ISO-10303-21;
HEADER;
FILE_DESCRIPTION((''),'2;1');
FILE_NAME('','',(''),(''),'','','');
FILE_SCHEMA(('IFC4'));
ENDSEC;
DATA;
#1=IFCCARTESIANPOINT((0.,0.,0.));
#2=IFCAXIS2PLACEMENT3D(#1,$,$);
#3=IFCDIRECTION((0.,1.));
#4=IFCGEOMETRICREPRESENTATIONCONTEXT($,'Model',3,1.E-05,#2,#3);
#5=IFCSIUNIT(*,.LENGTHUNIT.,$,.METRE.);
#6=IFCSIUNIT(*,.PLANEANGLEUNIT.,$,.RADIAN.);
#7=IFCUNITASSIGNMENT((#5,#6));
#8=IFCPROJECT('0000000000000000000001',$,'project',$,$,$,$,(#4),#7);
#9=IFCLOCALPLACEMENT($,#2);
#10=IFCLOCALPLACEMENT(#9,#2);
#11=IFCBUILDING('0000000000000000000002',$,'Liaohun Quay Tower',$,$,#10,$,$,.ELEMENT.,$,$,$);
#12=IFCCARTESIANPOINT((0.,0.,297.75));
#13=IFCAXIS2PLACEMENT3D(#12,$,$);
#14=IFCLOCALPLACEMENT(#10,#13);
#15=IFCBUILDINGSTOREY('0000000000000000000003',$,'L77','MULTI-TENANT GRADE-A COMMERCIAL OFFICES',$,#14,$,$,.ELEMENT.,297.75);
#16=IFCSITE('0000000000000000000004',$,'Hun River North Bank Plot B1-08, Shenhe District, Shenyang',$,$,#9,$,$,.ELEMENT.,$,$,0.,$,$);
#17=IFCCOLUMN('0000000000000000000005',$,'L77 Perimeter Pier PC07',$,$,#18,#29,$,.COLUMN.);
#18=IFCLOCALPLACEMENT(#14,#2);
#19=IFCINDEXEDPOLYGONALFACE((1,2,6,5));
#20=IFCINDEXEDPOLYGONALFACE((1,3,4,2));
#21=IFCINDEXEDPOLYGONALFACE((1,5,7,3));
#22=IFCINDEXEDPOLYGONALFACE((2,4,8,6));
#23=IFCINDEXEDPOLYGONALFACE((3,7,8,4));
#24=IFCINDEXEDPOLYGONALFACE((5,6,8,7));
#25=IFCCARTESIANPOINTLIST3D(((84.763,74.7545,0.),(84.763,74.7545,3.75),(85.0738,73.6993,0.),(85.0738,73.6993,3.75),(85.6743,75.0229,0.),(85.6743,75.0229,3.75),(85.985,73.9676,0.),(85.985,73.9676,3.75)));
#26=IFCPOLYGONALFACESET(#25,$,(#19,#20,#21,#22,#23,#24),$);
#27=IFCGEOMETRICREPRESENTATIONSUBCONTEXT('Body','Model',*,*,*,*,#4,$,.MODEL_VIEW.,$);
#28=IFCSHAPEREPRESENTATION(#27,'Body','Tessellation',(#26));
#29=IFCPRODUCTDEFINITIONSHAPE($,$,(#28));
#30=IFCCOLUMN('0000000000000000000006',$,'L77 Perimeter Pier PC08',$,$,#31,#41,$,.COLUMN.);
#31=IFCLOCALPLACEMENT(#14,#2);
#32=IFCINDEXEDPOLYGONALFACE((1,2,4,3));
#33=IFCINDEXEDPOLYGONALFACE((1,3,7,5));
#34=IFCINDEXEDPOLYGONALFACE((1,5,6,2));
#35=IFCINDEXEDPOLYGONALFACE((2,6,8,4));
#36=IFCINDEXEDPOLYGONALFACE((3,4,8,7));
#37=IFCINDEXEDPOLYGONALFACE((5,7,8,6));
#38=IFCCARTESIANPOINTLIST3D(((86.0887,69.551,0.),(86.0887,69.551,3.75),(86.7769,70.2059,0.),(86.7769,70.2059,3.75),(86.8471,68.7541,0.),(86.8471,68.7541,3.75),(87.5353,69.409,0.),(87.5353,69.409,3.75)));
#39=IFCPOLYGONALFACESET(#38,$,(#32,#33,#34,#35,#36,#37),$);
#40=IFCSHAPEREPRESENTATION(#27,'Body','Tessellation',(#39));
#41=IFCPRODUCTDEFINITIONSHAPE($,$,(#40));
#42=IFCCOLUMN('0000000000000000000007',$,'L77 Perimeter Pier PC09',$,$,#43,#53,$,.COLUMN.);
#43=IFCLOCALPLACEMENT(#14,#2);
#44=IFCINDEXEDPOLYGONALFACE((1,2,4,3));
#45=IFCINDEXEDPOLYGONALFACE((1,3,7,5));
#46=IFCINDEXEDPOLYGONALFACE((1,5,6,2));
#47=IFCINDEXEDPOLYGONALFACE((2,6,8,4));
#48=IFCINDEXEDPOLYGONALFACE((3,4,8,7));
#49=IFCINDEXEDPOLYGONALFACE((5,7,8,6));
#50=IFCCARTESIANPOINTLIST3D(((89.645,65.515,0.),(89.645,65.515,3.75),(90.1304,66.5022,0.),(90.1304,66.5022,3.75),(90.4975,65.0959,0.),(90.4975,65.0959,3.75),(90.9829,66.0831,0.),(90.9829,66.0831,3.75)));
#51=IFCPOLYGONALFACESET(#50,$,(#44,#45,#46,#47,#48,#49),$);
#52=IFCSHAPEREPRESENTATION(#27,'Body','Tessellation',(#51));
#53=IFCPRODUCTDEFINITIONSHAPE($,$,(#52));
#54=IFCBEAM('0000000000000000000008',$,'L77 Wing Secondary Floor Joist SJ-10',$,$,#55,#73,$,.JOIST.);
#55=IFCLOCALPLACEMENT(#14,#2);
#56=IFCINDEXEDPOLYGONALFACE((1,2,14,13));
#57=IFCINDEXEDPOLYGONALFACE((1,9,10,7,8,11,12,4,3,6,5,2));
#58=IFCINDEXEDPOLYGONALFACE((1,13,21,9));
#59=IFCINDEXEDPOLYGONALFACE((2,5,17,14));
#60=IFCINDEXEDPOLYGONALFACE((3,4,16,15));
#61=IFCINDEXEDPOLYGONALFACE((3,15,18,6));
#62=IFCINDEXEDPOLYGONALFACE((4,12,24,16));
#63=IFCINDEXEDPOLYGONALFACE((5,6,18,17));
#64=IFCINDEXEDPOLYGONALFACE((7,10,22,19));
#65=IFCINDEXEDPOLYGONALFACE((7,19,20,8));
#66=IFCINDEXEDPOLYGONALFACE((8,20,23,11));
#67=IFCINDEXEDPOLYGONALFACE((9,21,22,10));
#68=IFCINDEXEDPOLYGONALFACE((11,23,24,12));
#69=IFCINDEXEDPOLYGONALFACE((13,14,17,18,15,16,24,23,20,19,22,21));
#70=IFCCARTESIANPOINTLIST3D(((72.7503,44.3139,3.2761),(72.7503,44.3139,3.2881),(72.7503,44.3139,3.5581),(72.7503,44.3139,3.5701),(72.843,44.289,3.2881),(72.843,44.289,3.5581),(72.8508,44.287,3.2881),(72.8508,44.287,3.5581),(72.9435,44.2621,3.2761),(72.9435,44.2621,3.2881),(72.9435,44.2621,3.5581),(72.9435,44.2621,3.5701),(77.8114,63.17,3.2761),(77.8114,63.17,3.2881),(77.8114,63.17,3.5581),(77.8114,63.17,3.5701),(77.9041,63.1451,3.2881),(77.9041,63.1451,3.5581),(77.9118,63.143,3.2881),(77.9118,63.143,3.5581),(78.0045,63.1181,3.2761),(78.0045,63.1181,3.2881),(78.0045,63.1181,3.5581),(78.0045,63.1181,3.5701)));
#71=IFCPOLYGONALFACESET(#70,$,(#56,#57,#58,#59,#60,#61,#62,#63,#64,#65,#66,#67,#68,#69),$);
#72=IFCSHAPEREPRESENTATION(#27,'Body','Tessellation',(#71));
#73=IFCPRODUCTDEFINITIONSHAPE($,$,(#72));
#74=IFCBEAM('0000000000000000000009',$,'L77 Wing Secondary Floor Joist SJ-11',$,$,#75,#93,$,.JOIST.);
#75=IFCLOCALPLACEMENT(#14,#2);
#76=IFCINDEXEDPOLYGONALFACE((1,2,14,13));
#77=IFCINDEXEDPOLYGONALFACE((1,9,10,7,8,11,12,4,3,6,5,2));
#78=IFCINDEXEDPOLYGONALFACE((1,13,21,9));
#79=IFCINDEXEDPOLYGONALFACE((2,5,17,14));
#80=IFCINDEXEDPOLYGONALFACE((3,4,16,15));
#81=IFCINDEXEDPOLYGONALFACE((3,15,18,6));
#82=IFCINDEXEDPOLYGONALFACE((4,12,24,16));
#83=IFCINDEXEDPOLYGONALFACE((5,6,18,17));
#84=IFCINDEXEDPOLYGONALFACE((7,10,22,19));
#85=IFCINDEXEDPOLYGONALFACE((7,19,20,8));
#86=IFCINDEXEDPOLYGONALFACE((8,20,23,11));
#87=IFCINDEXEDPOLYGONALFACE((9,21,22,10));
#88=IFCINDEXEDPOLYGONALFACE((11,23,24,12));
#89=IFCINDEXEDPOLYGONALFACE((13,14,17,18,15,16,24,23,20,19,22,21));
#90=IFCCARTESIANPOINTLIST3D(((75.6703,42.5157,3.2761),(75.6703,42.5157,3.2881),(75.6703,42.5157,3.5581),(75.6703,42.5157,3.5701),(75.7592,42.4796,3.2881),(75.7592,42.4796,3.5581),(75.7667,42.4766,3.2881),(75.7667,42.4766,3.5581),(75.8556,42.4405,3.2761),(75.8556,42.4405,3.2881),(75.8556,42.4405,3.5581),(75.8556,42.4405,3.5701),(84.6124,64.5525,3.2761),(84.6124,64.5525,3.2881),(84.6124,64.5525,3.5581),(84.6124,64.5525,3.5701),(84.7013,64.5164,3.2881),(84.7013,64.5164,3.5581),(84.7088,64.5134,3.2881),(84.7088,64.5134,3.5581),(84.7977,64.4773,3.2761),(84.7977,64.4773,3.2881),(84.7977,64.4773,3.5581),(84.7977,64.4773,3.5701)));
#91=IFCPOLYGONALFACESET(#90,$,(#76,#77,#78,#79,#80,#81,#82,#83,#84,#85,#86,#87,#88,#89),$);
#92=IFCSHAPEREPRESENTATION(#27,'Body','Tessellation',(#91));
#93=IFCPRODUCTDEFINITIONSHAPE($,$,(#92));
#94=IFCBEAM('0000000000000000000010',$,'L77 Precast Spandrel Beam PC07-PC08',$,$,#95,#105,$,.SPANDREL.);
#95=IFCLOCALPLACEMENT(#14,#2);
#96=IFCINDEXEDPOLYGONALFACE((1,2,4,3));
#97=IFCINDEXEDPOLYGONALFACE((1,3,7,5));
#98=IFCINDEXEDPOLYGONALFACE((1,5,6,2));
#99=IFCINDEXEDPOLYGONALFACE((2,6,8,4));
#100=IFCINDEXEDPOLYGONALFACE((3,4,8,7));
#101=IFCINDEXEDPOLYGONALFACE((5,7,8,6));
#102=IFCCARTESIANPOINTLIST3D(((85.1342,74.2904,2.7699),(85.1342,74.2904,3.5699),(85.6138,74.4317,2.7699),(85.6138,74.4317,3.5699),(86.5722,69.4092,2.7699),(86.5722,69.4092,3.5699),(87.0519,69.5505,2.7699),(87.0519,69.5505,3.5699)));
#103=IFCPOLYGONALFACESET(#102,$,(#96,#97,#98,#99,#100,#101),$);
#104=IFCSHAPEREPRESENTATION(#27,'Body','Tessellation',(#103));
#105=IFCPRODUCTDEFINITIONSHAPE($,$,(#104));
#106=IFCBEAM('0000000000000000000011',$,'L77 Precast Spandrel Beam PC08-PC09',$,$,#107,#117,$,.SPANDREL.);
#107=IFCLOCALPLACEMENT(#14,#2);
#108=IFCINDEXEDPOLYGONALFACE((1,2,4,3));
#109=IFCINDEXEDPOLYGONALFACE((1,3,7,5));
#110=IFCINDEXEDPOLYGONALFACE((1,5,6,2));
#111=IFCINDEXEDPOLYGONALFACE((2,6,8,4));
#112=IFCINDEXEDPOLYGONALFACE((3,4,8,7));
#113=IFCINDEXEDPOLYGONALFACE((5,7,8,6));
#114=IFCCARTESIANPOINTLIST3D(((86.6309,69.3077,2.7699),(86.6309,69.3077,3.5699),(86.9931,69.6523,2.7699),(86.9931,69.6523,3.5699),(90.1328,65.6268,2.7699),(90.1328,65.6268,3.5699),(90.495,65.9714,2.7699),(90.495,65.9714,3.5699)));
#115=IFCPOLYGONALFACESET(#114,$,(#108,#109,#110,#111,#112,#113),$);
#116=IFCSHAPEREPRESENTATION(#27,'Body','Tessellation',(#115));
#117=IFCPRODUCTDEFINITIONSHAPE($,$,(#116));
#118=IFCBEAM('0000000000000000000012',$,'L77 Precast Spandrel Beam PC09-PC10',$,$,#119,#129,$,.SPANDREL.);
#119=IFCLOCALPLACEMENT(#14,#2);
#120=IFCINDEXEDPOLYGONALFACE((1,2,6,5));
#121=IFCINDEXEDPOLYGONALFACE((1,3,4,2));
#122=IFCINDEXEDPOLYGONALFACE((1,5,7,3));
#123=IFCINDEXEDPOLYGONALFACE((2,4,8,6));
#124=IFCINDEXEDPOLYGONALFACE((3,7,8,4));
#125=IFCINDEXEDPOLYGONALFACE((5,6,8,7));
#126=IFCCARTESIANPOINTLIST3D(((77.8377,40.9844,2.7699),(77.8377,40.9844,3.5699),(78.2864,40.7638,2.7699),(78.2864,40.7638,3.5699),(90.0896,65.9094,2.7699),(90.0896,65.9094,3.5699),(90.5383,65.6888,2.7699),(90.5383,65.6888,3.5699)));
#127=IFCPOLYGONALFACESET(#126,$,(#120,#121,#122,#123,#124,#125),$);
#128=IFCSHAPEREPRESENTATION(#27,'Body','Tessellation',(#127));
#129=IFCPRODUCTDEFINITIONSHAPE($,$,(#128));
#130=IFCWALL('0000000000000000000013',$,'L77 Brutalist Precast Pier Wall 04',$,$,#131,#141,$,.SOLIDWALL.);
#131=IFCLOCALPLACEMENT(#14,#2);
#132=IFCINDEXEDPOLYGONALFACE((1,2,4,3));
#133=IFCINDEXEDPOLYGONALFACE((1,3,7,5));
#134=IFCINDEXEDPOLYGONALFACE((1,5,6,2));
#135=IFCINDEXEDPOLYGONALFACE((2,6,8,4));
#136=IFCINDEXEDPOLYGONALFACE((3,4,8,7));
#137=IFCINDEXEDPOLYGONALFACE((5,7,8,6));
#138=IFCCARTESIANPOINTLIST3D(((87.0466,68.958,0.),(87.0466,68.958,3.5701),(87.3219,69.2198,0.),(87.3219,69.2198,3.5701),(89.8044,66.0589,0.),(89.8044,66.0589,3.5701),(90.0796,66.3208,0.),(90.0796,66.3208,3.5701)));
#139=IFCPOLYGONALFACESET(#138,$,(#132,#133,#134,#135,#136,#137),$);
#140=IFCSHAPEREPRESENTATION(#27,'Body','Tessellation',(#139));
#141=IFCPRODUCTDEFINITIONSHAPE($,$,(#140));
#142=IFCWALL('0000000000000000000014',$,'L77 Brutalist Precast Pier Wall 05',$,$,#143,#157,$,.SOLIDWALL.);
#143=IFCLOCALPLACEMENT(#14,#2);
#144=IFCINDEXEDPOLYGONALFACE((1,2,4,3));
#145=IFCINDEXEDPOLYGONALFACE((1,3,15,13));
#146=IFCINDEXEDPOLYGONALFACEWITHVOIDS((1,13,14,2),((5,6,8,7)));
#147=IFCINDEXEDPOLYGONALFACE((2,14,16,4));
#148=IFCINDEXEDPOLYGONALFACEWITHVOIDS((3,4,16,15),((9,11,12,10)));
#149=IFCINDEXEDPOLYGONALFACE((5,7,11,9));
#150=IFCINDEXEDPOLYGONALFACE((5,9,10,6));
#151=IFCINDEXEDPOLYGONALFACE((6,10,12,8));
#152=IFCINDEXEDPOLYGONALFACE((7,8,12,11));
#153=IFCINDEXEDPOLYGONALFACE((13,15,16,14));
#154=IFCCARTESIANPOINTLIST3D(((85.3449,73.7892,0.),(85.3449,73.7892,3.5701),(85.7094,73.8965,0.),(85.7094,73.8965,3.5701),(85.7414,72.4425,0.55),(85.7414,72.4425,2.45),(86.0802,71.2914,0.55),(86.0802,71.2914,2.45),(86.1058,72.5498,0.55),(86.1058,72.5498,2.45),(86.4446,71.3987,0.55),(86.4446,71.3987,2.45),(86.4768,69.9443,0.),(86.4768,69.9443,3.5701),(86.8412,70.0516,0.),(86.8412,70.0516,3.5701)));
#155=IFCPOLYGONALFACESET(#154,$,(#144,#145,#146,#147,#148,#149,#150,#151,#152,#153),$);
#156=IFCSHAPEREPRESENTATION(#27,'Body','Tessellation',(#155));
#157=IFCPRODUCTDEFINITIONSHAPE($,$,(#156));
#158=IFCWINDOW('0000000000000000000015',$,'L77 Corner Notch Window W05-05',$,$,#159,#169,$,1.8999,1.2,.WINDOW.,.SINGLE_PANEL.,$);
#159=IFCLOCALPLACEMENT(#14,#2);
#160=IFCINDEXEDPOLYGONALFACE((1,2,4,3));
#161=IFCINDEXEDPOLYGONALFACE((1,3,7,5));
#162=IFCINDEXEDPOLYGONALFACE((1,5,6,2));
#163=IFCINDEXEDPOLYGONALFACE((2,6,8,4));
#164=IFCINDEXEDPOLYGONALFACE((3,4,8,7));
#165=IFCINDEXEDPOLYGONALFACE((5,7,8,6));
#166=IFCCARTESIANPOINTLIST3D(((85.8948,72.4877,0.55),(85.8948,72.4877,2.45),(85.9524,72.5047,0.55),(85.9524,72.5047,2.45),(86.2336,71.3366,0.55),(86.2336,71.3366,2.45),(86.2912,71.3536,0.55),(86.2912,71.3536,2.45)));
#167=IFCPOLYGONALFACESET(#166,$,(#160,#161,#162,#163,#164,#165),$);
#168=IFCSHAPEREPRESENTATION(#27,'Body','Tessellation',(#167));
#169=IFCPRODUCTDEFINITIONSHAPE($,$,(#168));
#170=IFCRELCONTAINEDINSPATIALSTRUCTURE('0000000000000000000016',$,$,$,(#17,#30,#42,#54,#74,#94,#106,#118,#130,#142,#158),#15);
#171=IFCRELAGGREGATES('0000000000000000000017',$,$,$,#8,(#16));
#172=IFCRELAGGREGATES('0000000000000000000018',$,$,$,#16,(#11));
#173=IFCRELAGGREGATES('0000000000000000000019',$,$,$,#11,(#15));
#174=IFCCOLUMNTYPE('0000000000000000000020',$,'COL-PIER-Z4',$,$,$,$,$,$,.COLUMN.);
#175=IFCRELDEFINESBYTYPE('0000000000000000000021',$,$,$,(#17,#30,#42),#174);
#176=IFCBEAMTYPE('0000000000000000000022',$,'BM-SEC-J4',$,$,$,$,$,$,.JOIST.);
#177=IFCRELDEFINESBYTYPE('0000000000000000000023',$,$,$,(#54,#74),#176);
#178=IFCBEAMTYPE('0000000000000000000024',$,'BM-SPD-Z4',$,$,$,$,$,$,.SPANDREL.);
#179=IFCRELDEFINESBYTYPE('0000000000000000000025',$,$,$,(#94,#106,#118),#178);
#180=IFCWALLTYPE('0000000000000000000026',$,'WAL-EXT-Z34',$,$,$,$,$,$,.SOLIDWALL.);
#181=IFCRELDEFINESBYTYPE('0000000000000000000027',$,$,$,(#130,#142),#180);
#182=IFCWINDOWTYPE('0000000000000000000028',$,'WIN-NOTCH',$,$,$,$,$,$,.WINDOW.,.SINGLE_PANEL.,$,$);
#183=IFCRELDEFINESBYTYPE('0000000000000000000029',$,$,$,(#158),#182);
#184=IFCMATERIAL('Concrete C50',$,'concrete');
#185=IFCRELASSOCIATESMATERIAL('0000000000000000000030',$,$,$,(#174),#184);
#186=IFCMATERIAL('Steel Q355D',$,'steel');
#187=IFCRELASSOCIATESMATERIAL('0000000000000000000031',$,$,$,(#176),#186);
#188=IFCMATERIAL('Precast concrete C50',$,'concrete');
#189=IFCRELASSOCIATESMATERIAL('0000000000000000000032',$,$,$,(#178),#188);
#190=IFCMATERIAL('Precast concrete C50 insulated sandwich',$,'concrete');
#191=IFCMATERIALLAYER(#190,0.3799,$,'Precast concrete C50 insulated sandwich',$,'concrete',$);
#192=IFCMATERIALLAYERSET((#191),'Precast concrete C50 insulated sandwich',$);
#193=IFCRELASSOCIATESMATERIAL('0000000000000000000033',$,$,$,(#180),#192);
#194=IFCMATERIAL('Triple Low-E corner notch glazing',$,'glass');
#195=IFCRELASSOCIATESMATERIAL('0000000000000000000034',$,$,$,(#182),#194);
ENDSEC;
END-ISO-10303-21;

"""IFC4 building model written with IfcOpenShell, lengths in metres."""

from ifc_helpers import new_model, si_unit, direction, frame, frame_2d, origin, origin_2d, place, context, subcontext, project, spatial, rectangle, i_section, extrude, source, transform, mapped, material, layer, layer_set, material_profile, profile_set, type_object, element, fill, save


model = new_model("IFC4")

# Units and contexts
model_context = context("Model", 3, precision=1e-05, world=origin(), true_north=direction((0.0, 1.0)))
body_context = subcontext(model_context, "Body", "Model", "MODEL_VIEW")
ifc_project = project(units=[si_unit("LENGTHUNIT", "METRE"), si_unit("PLANEANGLEUNIT", "RADIAN")], contexts=[model_context])

# Site, building, storey
site_placement = place(None, origin())
site = spatial("IfcSite", under=ifc_project, at=site_placement, Name="Hun River North Bank Plot B1-08, Shenhe District, Shenyang", CompositionType="ELEMENT", RefElevation=0.0)
building_placement = place(site_placement, origin())
building = spatial("IfcBuilding", under=site, at=building_placement, Name="Liaohun Quay Tower", CompositionType="ELEMENT")
storey_placement = place(building_placement, frame((0.0, 0.0, 297.75)))
storey = spatial("IfcBuildingStorey", under=building, at=storey_placement, Name="L77", Description="MULTI-TENANT GRADE-A COMMERCIAL OFFICES", CompositionType="ELEMENT", Elevation=297.75)

# Columns
ifc_material_1 = material(Name="Concrete C50", Category="concrete")
ifc_material_profile_1 = material_profile(ifc_material_1, rectangle(XDim=1.1001, YDim=0.95, at=origin_2d()), Name="RC1100x950")
ifc_profile_set_1 = profile_set([ifc_material_profile_1], Name="Concrete C50")
column_type = type_object("IfcColumnType", Name="COL-PIER-Z4", PredefinedType="COLUMN", material=ifc_profile_set_1)
shared_shape_1 = source(origin(), body_context, "Body", "SweptSolid", [
    extrude(rectangle(XDim=1.1001, YDim=0.95, at=origin_2d()), origin(), (0.0, 0.0, 1.0), 3.75),
])
for number, where, z_axis, x_axis, name in (
    (1, (85.374, 74.3611, 0.0), (0.0, 0.0, 1.0), (-0.282509, 0.959265, 0.0), "L77 Perimeter Pier PC07"),
    (2, (86.812, 69.48, 0.0), (0.0, 0.0, 1.0), (-0.689367, 0.724413, 0.0), "L77 Perimeter Pier PC08"),
    (3, (90.314, 65.7991, 0.0), (0.0, 0.0, 1.0), (0.441193, 0.897412, 0.0), "L77 Perimeter Pier PC09"),
):
    element("IfcColumn", number, at=place(storey_placement, frame(where, z_axis=z_axis, x_axis=x_axis)), inside=storey, type_object=column_type, Name=name, PredefinedType="COLUMN", context=body_context, shape_type="MappedRepresentation", body=[
        mapped(shared_shape_1, transform((0.0, 0.0, 0.0), x_axis=(1.0, 0.0, 0.0), y_axis=(0.0, 1.0, 0.0), z_axis=(0.0, 0.0, 1.0), scale=1.0)),
    ])

# Beams
ifc_material_2 = material(Name="Steel Q355D", Category="steel")
ifc_material_profile_2 = material_profile(ifc_material_2, i_section(OverallWidth=0.2, OverallDepth=0.2939, WebThickness=0.0081, FlangeThickness=0.012, at=origin_2d()), Name="HM294x200x8x12")
ifc_profile_set_2 = profile_set([ifc_material_profile_2], Name="Steel Q355D")
beam_type_1 = type_object("IfcBeamType", Name="BM-SEC-J4", PredefinedType="JOIST", material=ifc_profile_set_2)
shared_shape_2 = source(origin(), body_context, "Body", "SweptSolid", [
    extrude(i_section(OverallWidth=0.2, OverallDepth=0.2939, WebThickness=0.0081, FlangeThickness=0.012, at=origin_2d()), origin(), (0.0, 0.0, 1.0), 19.5234),
])
beam_1_placement = place(storey_placement, frame((77.908, 63.144, 3.4231), z_axis=(-0.25923, -0.965816, 0.0), x_axis=(0.965816, -0.25923, 0.0)))
element("IfcBeam", 4, at=beam_1_placement, inside=storey, type_object=beam_type_1, Name="L77 Wing Secondary Floor Joist SJ-10", PredefinedType="JOIST", context=body_context, shape_type="MappedRepresentation", body=[
    mapped(shared_shape_2, transform((0.0, 0.0, 0.0), x_axis=(1.0, 0.0, 0.0), y_axis=(0.0, 1.0, 0.0), z_axis=(0.0, 0.0, 1.0), scale=1.0)),
])
shared_shape_3 = source(origin(), body_context, "Body", "SweptSolid", [
    extrude(i_section(OverallWidth=0.2, OverallDepth=0.2939, WebThickness=0.0081, FlangeThickness=0.012, at=origin_2d()), origin(), (0.0, 0.0, 1.0), 23.782),
])
beam_2_placement = place(storey_placement, frame((84.7051, 64.5149, 3.4231), z_axis=(-0.376004, -0.926618, 0.0), x_axis=(0.926618, -0.376004, 0.0)))
element("IfcBeam", 5, at=beam_2_placement, inside=storey, type_object=beam_type_1, Name="L77 Wing Secondary Floor Joist SJ-11", PredefinedType="JOIST", context=body_context, shape_type="MappedRepresentation", body=[
    mapped(shared_shape_3, transform((0.0, 0.0, 0.0), x_axis=(1.0, 0.0, 0.0), y_axis=(0.0, 1.0, 0.0), z_axis=(0.0, 0.0, 1.0), scale=1.0)),
])
ifc_material_3 = material(Name="Precast concrete C50", Category="concrete")
ifc_material_profile_3 = material_profile(ifc_material_3, rectangle(XDim=0.5, YDim=0.8, at=origin_2d()), Name="RC500x800")
ifc_profile_set_3 = profile_set([ifc_material_profile_3], Name="Precast concrete C50")
beam_type_2 = type_object("IfcBeamType", Name="BM-SPD-Z4", PredefinedType="SPANDREL", material=ifc_profile_set_3)
shared_shape_4 = source(origin(), body_context, "Body", "SweptSolid", [
    extrude(rectangle(XDim=0.5, YDim=0.8, at=origin_2d()), origin(), (0.0, 0.0, 1.0), 5.0886),
])
beam_3_placement = place(storey_placement, frame((85.374, 74.3611, 3.1699), z_axis=(0.282595, -0.959239, 0.0), x_axis=(0.959239, 0.282595, 0.0)))
element("IfcBeam", 6, at=beam_3_placement, inside=storey, type_object=beam_type_2, Name="L77 Precast Spandrel Beam PC07-PC08", PredefinedType="SPANDREL", context=body_context, shape_type="MappedRepresentation", body=[
    mapped(shared_shape_4, transform((0.0, 0.0, 0.0), x_axis=(1.0, 0.0, 0.0), y_axis=(0.0, 1.0, 0.0), z_axis=(0.0, 0.0, 1.0), scale=1.0)),
])
shared_shape_5 = source(origin(), body_context, "Body", "SweptSolid", [
    extrude(rectangle(XDim=0.5, YDim=0.8, at=origin_2d()), origin(), (0.0, 0.0, 1.0), 5.0806),
])
beam_4_placement = place(storey_placement, frame((86.812, 69.48, 3.1699), z_axis=(0.689276, -0.724499, 0.0), x_axis=(0.724499, 0.689276, 0.0)))
element("IfcBeam", 7, at=beam_4_placement, inside=storey, type_object=beam_type_2, Name="L77 Precast Spandrel Beam PC08-PC09", PredefinedType="SPANDREL", context=body_context, shape_type="MappedRepresentation", body=[
    mapped(shared_shape_5, transform((0.0, 0.0, 0.0), x_axis=(1.0, 0.0, 0.0), y_axis=(0.0, 1.0, 0.0), z_axis=(0.0, 0.0, 1.0), scale=1.0)),
])
shared_shape_6 = source(origin(), body_context, "Body", "SweptSolid", [
    extrude(rectangle(XDim=0.5, YDim=0.8, at=origin_2d()), origin(), (0.0, 0.0, 1.0), 27.7734),
])
beam_5_placement = place(storey_placement, frame((90.314, 65.7991, 3.1699), z_axis=(-0.441138, -0.897439, 0.0), x_axis=(0.897439, -0.441138, 0.0)))
element("IfcBeam", 8, at=beam_5_placement, inside=storey, type_object=beam_type_2, Name="L77 Precast Spandrel Beam PC09-PC10", PredefinedType="SPANDREL", context=body_context, shape_type="MappedRepresentation", body=[
    mapped(shared_shape_6, transform((0.0, 0.0, 0.0), x_axis=(1.0, 0.0, 0.0), y_axis=(0.0, 1.0, 0.0), z_axis=(0.0, 0.0, 1.0), scale=1.0)),
])

# Wall
ifc_material_4 = material(Name="Precast concrete C50 insulated sandwich", Category="concrete")
ifc_layer_1 = layer(ifc_material_4, 0.3799, Name="Precast concrete C50 insulated sandwich", Category="concrete")
ifc_layer_set_1 = layer_set([ifc_layer_1], Name="Precast concrete C50 insulated sandwich")
wall_type_1 = type_object("IfcWallType", Name="WAL-EXT-Z34", PredefinedType="SOLIDWALL", material=ifc_layer_set_1)
wall_1_placement = place(storey_placement, frame((89.9419, 66.1899, 0.0), z_axis=(0.0, 0.0, 1.0), x_axis=(-0.689222, 0.72455, 0.0)))
element("IfcWall", 9, at=wall_1_placement, inside=storey, type_object=wall_type_1, Name="L77 Brutalist Precast Pier Wall 04", PredefinedType="SOLIDWALL", context=body_context, shape_type="SweptSolid", body=[
    extrude(rectangle(XDim=4.0012, YDim=0.3799, at=frame_2d((2.0005, 0.0))), origin(), (0.0, 0.0, 1.0), 3.5701),
])

# Wall, opening, window
wall_2_placement = place(storey_placement, frame((86.6589, 69.998, 0.0), z_axis=(0.0, 0.0, 1.0), x_axis=(-0.282387, 0.9593, 0.0)))
wall_2 = element("IfcWall", 10, at=wall_2_placement, inside=storey, type_object=wall_type_1, Name="L77 Brutalist Precast Pier Wall 05", PredefinedType="SOLIDWALL", context=body_context, shape_type="SweptSolid", body=[
    extrude(rectangle(XDim=4.0081, YDim=0.3799, at=frame_2d((2.0039, 0.0))), origin(), (0.0, 0.0, 1.0), 3.5701),
])
shared_shape_7 = source(origin(), body_context, "Body", "SweptSolid", [
    extrude(rectangle(XDim=1.2, YDim=1.8999, at=frame_2d((0.6001, 0.95))), frame((0.0, 0.2, 0.0), z_axis=(0.0, -1.0, 0.0), x_axis=(1.0, 0.0, 0.0)), (0.0, 0.0, 1.0), 0.3999),
])
opening_1_placement = place(wall_2_placement, frame((1.4041, 0.0, 0.55)))
opening_1 = element("IfcOpeningElement", 11, at=opening_1_placement, cuts=wall_2, PredefinedType="OPENING", context=body_context, shape_type="MappedRepresentation", body=[
    mapped(shared_shape_7, transform((0.0, 0.0, 0.0), x_axis=(1.0, 0.0, 0.0), y_axis=(0.0, 1.0, 0.0), z_axis=(0.0, 0.0, 1.0), scale=1.0)),
])
ifc_material_5 = material(Name="Triple Low-E corner notch glazing", Category="glass")
window_type_1 = type_object("IfcWindowType", Name="WIN-NOTCH", PartitioningType="SINGLE_PANEL", PredefinedType="WINDOW", material=ifc_material_5)
shared_shape_8 = source(origin(), body_context, "Body", "SweptSolid", [
    extrude(rectangle(XDim=1.2, YDim=1.8999, at=frame_2d((0.6001, 0.95))), frame((0.0, 0.03, 0.0), z_axis=(0.0, -1.0, 0.0), x_axis=(1.0, 0.0, 0.0)), (0.0, 0.0, 1.0), 0.0601),
])
window_1_placement = place(opening_1_placement, origin())
window_1 = element("IfcWindow", 12, at=window_1_placement, inside=storey, type_object=window_type_1, Name="L77 Corner Notch Window W05-05", OverallHeight=1.8999, OverallWidth=1.2, PartitioningType="SINGLE_PANEL", PredefinedType="WINDOW", context=body_context, shape_type="MappedRepresentation", body=[
    mapped(shared_shape_8, transform((0.0, 0.0, 0.0), x_axis=(1.0, 0.0, 0.0), y_axis=(0.0, 1.0, 0.0), z_axis=(0.0, 0.0, 1.0), scale=1.0)),
])
fill(opening_1, window_1)

save(model, "model.ifc")
